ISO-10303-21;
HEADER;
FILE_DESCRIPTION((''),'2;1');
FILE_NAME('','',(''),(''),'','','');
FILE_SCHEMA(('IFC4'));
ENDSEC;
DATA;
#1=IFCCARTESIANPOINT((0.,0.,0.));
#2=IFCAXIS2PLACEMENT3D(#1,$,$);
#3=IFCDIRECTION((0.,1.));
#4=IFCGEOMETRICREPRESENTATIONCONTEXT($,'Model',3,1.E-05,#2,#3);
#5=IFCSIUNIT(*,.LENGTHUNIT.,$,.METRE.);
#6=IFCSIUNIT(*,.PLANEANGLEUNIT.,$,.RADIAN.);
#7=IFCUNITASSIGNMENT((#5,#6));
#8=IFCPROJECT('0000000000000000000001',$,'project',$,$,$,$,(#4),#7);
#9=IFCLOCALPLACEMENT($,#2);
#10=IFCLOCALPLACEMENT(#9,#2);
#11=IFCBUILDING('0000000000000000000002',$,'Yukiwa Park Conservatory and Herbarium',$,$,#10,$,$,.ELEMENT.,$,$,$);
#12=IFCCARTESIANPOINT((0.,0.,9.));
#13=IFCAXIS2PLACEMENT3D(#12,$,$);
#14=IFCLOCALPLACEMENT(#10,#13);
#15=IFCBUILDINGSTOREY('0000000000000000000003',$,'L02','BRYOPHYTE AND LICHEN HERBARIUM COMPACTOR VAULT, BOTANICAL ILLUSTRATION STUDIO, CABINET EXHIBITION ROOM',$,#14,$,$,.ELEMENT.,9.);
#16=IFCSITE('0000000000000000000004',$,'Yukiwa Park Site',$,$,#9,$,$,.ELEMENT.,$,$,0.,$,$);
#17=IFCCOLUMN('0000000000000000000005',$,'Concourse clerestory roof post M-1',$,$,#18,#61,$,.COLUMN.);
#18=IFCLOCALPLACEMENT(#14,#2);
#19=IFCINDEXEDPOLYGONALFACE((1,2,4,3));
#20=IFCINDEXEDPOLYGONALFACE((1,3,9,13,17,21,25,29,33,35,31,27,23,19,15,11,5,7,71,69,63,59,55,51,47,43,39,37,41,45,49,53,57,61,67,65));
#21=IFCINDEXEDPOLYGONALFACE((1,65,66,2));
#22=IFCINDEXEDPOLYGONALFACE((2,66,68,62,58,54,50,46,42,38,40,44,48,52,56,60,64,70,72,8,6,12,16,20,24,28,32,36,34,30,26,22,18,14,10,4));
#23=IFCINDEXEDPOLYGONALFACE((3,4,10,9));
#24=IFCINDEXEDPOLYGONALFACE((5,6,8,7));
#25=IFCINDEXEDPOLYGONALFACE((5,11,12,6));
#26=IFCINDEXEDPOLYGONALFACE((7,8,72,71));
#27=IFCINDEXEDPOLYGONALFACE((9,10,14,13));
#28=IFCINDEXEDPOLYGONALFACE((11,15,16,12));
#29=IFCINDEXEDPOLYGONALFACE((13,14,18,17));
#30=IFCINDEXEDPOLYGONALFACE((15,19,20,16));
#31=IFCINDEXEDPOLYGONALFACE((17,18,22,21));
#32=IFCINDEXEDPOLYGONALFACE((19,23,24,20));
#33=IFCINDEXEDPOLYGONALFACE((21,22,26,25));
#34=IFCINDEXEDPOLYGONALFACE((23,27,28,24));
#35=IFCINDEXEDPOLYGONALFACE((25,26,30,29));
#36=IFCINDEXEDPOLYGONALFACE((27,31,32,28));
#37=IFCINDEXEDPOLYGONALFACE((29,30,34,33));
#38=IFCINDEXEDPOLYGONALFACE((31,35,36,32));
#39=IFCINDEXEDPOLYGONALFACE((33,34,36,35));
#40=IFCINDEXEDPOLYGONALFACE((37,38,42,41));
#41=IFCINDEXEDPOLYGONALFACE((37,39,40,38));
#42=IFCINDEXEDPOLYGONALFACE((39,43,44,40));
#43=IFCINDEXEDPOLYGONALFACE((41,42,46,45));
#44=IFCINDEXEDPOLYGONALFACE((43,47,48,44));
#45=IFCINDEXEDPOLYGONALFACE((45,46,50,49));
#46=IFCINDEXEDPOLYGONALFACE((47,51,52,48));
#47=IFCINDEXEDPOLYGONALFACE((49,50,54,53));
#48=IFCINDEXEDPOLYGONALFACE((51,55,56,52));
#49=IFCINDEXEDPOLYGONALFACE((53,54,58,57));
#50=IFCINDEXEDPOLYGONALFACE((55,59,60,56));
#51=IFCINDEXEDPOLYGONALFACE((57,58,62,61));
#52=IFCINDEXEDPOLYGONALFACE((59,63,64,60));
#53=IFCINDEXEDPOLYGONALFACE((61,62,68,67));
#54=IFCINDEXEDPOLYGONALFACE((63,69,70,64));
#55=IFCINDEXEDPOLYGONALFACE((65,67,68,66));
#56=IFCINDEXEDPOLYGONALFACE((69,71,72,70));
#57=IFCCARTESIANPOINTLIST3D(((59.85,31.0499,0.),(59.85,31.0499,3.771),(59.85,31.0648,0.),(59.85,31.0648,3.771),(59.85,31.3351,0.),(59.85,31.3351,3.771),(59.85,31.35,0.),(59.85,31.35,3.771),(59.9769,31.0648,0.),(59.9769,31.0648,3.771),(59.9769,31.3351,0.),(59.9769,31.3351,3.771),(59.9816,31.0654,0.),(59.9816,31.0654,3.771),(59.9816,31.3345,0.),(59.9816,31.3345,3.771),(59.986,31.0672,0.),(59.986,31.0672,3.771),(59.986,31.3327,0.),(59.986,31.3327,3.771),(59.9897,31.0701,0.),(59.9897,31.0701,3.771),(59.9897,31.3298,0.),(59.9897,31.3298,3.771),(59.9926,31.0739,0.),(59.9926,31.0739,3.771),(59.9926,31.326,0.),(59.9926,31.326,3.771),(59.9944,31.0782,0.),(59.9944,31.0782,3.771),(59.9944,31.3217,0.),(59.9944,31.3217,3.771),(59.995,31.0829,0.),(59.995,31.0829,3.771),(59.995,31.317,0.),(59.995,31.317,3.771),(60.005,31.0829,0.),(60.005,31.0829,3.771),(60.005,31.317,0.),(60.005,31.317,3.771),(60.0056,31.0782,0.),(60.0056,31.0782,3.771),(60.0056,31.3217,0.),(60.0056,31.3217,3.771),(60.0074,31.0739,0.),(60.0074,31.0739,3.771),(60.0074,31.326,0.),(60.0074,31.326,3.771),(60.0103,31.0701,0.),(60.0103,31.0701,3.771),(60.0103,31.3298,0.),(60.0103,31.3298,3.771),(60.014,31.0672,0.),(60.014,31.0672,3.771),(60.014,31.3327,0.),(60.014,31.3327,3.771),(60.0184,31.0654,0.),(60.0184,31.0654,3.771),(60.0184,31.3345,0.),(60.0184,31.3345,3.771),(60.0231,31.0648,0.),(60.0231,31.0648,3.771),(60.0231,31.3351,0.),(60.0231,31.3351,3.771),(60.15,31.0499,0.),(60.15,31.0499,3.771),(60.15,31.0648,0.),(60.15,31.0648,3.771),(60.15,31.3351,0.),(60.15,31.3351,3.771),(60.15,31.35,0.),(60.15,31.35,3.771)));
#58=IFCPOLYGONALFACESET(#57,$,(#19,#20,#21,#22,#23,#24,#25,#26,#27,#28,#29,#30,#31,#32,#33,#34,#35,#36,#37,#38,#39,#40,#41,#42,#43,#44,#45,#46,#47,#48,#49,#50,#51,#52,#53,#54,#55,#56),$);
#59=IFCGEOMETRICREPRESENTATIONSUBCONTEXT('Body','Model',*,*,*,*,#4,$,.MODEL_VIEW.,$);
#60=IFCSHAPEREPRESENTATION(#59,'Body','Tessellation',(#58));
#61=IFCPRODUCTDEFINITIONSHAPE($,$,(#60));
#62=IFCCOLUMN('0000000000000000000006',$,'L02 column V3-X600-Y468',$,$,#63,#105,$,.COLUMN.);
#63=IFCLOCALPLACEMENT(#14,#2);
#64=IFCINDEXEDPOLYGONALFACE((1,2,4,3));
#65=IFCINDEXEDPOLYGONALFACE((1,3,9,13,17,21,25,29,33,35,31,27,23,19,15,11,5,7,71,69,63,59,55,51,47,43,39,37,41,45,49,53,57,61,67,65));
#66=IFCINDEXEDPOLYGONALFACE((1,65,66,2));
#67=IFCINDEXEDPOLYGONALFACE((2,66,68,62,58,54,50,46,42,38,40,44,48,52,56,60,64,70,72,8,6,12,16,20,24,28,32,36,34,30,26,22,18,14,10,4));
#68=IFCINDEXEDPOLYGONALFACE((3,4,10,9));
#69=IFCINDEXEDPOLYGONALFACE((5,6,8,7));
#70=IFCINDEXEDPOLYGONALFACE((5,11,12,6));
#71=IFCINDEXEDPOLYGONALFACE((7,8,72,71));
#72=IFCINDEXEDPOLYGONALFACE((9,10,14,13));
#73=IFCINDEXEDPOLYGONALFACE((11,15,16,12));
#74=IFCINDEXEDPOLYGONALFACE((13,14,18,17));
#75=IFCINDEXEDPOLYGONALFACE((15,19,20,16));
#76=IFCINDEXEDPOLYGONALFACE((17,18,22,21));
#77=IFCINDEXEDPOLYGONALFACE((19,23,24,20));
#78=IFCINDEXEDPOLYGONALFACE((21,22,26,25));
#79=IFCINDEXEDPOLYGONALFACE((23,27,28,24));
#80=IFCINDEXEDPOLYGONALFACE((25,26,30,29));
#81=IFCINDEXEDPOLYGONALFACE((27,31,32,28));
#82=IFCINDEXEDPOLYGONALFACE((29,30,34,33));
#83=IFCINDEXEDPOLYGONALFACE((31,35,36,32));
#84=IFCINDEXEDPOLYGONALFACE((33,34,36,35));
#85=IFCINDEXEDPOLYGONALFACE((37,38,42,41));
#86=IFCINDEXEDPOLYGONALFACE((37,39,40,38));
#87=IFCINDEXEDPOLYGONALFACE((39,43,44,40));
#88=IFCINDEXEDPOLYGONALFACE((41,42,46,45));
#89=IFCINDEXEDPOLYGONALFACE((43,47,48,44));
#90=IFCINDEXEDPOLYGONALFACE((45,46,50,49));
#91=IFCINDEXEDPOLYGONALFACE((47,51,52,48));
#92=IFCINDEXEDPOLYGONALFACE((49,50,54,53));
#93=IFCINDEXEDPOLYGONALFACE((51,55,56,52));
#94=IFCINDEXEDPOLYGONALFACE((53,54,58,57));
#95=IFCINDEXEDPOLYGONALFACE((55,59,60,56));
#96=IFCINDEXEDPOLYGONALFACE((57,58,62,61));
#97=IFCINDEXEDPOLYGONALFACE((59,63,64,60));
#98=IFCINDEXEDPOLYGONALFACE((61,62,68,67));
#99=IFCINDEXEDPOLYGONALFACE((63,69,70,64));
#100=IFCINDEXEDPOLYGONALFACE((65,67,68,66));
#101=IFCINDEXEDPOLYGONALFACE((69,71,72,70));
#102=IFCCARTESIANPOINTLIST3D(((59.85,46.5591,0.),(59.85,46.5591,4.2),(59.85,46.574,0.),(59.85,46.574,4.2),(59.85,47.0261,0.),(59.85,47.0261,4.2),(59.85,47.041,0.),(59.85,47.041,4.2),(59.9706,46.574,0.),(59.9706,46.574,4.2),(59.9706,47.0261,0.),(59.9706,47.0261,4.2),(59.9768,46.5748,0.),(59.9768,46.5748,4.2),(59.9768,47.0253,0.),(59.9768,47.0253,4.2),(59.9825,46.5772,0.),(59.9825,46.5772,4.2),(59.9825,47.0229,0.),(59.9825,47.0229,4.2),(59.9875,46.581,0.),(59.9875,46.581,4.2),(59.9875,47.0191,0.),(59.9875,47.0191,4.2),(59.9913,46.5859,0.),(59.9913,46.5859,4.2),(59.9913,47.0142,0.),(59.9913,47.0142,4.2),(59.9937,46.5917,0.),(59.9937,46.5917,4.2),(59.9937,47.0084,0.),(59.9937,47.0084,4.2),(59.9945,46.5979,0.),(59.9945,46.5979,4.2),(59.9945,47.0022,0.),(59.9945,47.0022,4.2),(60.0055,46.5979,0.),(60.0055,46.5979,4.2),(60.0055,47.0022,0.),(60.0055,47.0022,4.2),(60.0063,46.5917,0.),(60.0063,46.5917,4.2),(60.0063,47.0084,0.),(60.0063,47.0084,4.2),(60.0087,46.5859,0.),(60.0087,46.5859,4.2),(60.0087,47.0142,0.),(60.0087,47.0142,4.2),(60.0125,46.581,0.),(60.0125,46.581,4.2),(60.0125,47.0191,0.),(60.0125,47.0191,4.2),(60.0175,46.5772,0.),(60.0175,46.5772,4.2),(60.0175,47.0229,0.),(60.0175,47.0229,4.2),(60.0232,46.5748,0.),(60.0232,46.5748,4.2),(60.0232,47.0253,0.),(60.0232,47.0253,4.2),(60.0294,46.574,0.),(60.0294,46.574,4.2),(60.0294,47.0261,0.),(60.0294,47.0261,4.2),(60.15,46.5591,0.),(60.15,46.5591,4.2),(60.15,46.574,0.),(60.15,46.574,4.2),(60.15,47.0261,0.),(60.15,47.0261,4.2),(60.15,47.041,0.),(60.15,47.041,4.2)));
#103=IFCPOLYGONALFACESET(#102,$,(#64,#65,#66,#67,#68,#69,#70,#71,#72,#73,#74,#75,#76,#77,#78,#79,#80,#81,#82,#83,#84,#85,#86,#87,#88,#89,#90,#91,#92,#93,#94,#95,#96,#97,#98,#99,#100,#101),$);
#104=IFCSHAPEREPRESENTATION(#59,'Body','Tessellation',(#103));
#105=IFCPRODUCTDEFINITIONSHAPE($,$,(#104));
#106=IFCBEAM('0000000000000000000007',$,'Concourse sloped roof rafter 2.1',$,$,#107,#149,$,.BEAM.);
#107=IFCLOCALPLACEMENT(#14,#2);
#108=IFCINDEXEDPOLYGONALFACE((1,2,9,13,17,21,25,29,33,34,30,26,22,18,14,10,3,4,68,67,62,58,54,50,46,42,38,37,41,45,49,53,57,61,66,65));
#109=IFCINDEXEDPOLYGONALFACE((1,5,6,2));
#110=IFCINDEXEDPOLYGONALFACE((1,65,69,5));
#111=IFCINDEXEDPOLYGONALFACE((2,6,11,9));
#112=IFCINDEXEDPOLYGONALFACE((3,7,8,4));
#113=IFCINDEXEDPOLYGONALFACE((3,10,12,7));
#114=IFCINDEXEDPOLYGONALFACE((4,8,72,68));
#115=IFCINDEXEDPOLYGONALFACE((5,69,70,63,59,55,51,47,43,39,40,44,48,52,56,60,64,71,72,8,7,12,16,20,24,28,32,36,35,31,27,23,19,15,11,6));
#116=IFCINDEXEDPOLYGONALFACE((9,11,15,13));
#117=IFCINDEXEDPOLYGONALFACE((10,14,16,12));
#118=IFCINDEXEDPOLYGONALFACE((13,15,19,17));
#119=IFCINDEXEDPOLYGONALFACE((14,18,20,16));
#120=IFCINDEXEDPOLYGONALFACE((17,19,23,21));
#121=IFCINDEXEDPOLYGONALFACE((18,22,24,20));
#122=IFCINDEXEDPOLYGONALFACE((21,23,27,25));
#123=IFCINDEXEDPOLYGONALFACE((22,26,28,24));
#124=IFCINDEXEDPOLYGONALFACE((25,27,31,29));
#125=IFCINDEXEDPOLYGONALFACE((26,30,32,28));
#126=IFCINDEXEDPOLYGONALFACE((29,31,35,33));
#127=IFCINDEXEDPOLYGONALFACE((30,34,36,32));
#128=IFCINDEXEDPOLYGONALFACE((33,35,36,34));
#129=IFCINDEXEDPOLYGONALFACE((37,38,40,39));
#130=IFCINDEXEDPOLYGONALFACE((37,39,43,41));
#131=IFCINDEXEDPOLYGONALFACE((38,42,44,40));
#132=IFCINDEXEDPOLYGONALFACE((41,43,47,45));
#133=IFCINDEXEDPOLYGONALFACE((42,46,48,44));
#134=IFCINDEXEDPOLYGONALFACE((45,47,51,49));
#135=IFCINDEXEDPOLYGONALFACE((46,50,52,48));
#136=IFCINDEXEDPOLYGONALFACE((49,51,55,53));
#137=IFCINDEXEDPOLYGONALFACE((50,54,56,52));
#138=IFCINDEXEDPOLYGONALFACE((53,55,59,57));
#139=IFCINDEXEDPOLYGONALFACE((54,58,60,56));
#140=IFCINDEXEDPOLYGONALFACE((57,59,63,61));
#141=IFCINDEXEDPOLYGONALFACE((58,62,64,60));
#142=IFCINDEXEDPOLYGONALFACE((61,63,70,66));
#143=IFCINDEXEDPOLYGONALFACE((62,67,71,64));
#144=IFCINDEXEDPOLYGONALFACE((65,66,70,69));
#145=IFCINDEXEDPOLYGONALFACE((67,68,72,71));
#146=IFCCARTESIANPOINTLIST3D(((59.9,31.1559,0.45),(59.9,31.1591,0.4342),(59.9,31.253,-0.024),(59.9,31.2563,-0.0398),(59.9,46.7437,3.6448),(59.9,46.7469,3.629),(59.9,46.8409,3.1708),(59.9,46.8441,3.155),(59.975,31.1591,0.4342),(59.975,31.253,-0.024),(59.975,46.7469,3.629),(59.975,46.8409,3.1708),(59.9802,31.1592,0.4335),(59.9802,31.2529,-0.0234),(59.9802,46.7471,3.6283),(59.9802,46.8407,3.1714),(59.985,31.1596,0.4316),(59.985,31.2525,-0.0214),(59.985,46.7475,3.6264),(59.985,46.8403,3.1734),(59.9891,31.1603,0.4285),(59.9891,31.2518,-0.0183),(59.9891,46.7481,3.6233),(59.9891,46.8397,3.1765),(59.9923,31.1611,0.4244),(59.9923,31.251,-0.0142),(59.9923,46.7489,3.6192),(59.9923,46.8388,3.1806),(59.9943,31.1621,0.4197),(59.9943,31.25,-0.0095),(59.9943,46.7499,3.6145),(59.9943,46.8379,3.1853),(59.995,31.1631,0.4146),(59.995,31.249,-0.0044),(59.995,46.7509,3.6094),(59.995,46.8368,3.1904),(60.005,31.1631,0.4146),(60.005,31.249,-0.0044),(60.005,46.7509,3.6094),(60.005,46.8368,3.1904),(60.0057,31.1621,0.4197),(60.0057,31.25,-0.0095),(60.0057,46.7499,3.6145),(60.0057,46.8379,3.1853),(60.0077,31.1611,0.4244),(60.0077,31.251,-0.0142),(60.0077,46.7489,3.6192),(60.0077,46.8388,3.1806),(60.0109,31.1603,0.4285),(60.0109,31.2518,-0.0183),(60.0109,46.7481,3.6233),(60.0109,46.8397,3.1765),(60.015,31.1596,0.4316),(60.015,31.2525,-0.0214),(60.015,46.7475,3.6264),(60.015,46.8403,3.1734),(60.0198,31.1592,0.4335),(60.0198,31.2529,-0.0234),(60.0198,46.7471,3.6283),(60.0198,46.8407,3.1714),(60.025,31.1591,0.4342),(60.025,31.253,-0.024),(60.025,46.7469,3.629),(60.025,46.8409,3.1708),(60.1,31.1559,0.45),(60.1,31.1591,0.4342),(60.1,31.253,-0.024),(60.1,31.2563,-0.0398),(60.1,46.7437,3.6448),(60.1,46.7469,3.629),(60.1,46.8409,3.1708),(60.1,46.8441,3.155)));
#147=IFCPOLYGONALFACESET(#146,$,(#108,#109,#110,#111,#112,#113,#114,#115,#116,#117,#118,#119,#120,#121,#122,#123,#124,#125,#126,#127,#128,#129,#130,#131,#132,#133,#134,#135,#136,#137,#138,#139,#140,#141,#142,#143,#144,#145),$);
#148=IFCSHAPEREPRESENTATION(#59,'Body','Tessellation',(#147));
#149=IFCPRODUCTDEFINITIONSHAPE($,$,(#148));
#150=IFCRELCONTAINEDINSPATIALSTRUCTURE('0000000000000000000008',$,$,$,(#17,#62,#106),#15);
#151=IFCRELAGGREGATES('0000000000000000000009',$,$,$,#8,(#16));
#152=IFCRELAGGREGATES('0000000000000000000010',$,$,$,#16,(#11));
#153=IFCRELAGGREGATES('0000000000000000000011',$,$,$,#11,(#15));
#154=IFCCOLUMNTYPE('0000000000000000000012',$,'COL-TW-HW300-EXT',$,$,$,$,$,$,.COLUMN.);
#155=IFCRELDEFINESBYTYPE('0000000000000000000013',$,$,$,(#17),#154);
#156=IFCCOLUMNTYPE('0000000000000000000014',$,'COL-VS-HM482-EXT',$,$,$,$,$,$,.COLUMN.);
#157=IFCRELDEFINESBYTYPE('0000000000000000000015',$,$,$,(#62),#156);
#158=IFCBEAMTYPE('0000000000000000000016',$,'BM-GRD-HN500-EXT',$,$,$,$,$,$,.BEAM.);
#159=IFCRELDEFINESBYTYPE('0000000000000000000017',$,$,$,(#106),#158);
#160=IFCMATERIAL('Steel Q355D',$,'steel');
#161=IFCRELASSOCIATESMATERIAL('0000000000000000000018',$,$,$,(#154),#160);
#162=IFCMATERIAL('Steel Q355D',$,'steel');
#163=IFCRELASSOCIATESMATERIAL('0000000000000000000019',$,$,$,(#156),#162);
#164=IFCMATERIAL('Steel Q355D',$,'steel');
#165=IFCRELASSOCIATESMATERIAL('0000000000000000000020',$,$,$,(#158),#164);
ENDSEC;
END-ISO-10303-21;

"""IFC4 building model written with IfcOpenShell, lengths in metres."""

from ifc_helpers import new_model, si_unit, direction, frame, origin, origin_2d, place, context, subcontext, project, spatial, i_section, extrude, material, material_profile, profile_set, type_object, element, save


model = new_model("IFC4")

# Units and contexts
model_context = context("Model", 3, precision=1e-05, world=origin(), true_north=direction((0.0, 1.0)))
body_context = subcontext(model_context, "Body", "Model", "MODEL_VIEW")
ifc_project = project(units=[si_unit("LENGTHUNIT", "METRE"), si_unit("PLANEANGLEUNIT", "RADIAN")], contexts=[model_context])

# Site, building, storey
site_placement = place(None, origin())
site = spatial("IfcSite", under=ifc_project, at=site_placement, Name="Yukiwa Park Site", CompositionType="ELEMENT", RefElevation=0.0)
building_placement = place(site_placement, origin())
building = spatial("IfcBuilding", under=site, at=building_placement, Name="Yukiwa Park Conservatory and Herbarium", CompositionType="ELEMENT")
storey_placement = place(building_placement, frame((0.0, 0.0, 9.0)))
storey = spatial("IfcBuildingStorey", under=building, at=storey_placement, Name="L02", Description="BRYOPHYTE AND LICHEN HERBARIUM COMPACTOR VAULT, BOTANICAL ILLUSTRATION STUDIO, CABINET EXHIBITION ROOM", CompositionType="ELEMENT", Elevation=9.0)

# Columns
ifc_material_1 = material(Name="Steel Q355D", Category="steel")
ifc_material_profile_1 = material_profile(ifc_material_1, i_section(OverallWidth=0.3, OverallDepth=0.3, WebThickness=0.01, FlangeThickness=0.0149, FilletRadius=0.0181, at=origin_2d()), Name="HW 300x300x10x15")
ifc_profile_set_1 = profile_set([ifc_material_profile_1], Name="Steel Q355D")
column_type_1 = type_object("IfcColumnType", Name="COL-TW-HW300-EXT", PredefinedType="COLUMN", material=ifc_profile_set_1)
column_1_placement = place(storey_placement, frame((60.0, 31.2, 0.0), z_axis=(0.0, 0.0, 1.0), x_axis=(1.0, 0.0, 0.0)))
element("IfcColumn", 1, at=column_1_placement, inside=storey, type_object=column_type_1, Name="Concourse clerestory roof post M-1", PredefinedType="COLUMN", context=body_context, shape_type="SweptSolid", body=[
    extrude(i_section(OverallWidth=0.3, OverallDepth=0.3, WebThickness=0.01, FlangeThickness=0.0149, FilletRadius=0.0181, at=origin_2d()), origin(), (0.0, 0.0, 1.0), 3.771),
])
ifc_material_2 = material(Name="Steel Q355D", Category="steel")
ifc_material_profile_2 = material_profile(ifc_material_2, i_section(OverallWidth=0.3, OverallDepth=0.4819, WebThickness=0.011, FlangeThickness=0.0149, FilletRadius=0.0239, at=origin_2d()), Name="HM 482x300x11x15")
ifc_profile_set_2 = profile_set([ifc_material_profile_2], Name="Steel Q355D")
column_type_2 = type_object("IfcColumnType", Name="COL-VS-HM482-EXT", PredefinedType="COLUMN", material=ifc_profile_set_2)
column_2_placement = place(storey_placement, frame((60.0, 46.8, 0.0), z_axis=(0.0, 0.0, 1.0), x_axis=(1.0, 0.0, 0.0)))
element("IfcColumn", 2, at=column_2_placement, inside=storey, type_object=column_type_2, Name="L02 column V3-X600-Y468", PredefinedType="COLUMN", context=body_context, shape_type="SweptSolid", body=[
    extrude(i_section(OverallWidth=0.3, OverallDepth=0.4819, WebThickness=0.011, FlangeThickness=0.0149, FilletRadius=0.0239, at=origin_2d()), origin(), (0.0, 0.0, 1.0), 4.2),
])

# Beam
ifc_material_3 = material(Name="Steel Q355D", Category="steel")
ifc_material_profile_3 = material_profile(ifc_material_3, i_section(OverallWidth=0.2, OverallDepth=0.5, WebThickness=0.01, FlangeThickness=0.0161, FilletRadius=0.02, at=origin_2d()), Name="HN 500x200x10x16")
ifc_profile_set_3 = profile_set([ifc_material_profile_3], Name="Steel Q355D")
beam_type_1 = type_object("IfcBeamType", Name="BM-GRD-HN500-EXT", PredefinedType="BEAM", material=ifc_profile_set_3)
beam_1_placement = place(storey_placement, frame((60.0, 31.2061, 0.2051), z_axis=(0.0, 0.979636, 0.200782), x_axis=(-1.0, 0.0, 0.0)))
element("IfcBeam", 3, at=beam_1_placement, inside=storey, type_object=beam_type_1, Name="Concourse sloped roof rafter 2.1", PredefinedType="BEAM", context=body_context, shape_type="SweptSolid", body=[
    extrude(i_section(OverallWidth=0.2, OverallDepth=0.5, WebThickness=0.01, FlangeThickness=0.0161, FilletRadius=0.02, at=origin_2d()), origin(), (0.0, 0.0, 1.0), 15.9119),
])

save(model, "model.ifc")
